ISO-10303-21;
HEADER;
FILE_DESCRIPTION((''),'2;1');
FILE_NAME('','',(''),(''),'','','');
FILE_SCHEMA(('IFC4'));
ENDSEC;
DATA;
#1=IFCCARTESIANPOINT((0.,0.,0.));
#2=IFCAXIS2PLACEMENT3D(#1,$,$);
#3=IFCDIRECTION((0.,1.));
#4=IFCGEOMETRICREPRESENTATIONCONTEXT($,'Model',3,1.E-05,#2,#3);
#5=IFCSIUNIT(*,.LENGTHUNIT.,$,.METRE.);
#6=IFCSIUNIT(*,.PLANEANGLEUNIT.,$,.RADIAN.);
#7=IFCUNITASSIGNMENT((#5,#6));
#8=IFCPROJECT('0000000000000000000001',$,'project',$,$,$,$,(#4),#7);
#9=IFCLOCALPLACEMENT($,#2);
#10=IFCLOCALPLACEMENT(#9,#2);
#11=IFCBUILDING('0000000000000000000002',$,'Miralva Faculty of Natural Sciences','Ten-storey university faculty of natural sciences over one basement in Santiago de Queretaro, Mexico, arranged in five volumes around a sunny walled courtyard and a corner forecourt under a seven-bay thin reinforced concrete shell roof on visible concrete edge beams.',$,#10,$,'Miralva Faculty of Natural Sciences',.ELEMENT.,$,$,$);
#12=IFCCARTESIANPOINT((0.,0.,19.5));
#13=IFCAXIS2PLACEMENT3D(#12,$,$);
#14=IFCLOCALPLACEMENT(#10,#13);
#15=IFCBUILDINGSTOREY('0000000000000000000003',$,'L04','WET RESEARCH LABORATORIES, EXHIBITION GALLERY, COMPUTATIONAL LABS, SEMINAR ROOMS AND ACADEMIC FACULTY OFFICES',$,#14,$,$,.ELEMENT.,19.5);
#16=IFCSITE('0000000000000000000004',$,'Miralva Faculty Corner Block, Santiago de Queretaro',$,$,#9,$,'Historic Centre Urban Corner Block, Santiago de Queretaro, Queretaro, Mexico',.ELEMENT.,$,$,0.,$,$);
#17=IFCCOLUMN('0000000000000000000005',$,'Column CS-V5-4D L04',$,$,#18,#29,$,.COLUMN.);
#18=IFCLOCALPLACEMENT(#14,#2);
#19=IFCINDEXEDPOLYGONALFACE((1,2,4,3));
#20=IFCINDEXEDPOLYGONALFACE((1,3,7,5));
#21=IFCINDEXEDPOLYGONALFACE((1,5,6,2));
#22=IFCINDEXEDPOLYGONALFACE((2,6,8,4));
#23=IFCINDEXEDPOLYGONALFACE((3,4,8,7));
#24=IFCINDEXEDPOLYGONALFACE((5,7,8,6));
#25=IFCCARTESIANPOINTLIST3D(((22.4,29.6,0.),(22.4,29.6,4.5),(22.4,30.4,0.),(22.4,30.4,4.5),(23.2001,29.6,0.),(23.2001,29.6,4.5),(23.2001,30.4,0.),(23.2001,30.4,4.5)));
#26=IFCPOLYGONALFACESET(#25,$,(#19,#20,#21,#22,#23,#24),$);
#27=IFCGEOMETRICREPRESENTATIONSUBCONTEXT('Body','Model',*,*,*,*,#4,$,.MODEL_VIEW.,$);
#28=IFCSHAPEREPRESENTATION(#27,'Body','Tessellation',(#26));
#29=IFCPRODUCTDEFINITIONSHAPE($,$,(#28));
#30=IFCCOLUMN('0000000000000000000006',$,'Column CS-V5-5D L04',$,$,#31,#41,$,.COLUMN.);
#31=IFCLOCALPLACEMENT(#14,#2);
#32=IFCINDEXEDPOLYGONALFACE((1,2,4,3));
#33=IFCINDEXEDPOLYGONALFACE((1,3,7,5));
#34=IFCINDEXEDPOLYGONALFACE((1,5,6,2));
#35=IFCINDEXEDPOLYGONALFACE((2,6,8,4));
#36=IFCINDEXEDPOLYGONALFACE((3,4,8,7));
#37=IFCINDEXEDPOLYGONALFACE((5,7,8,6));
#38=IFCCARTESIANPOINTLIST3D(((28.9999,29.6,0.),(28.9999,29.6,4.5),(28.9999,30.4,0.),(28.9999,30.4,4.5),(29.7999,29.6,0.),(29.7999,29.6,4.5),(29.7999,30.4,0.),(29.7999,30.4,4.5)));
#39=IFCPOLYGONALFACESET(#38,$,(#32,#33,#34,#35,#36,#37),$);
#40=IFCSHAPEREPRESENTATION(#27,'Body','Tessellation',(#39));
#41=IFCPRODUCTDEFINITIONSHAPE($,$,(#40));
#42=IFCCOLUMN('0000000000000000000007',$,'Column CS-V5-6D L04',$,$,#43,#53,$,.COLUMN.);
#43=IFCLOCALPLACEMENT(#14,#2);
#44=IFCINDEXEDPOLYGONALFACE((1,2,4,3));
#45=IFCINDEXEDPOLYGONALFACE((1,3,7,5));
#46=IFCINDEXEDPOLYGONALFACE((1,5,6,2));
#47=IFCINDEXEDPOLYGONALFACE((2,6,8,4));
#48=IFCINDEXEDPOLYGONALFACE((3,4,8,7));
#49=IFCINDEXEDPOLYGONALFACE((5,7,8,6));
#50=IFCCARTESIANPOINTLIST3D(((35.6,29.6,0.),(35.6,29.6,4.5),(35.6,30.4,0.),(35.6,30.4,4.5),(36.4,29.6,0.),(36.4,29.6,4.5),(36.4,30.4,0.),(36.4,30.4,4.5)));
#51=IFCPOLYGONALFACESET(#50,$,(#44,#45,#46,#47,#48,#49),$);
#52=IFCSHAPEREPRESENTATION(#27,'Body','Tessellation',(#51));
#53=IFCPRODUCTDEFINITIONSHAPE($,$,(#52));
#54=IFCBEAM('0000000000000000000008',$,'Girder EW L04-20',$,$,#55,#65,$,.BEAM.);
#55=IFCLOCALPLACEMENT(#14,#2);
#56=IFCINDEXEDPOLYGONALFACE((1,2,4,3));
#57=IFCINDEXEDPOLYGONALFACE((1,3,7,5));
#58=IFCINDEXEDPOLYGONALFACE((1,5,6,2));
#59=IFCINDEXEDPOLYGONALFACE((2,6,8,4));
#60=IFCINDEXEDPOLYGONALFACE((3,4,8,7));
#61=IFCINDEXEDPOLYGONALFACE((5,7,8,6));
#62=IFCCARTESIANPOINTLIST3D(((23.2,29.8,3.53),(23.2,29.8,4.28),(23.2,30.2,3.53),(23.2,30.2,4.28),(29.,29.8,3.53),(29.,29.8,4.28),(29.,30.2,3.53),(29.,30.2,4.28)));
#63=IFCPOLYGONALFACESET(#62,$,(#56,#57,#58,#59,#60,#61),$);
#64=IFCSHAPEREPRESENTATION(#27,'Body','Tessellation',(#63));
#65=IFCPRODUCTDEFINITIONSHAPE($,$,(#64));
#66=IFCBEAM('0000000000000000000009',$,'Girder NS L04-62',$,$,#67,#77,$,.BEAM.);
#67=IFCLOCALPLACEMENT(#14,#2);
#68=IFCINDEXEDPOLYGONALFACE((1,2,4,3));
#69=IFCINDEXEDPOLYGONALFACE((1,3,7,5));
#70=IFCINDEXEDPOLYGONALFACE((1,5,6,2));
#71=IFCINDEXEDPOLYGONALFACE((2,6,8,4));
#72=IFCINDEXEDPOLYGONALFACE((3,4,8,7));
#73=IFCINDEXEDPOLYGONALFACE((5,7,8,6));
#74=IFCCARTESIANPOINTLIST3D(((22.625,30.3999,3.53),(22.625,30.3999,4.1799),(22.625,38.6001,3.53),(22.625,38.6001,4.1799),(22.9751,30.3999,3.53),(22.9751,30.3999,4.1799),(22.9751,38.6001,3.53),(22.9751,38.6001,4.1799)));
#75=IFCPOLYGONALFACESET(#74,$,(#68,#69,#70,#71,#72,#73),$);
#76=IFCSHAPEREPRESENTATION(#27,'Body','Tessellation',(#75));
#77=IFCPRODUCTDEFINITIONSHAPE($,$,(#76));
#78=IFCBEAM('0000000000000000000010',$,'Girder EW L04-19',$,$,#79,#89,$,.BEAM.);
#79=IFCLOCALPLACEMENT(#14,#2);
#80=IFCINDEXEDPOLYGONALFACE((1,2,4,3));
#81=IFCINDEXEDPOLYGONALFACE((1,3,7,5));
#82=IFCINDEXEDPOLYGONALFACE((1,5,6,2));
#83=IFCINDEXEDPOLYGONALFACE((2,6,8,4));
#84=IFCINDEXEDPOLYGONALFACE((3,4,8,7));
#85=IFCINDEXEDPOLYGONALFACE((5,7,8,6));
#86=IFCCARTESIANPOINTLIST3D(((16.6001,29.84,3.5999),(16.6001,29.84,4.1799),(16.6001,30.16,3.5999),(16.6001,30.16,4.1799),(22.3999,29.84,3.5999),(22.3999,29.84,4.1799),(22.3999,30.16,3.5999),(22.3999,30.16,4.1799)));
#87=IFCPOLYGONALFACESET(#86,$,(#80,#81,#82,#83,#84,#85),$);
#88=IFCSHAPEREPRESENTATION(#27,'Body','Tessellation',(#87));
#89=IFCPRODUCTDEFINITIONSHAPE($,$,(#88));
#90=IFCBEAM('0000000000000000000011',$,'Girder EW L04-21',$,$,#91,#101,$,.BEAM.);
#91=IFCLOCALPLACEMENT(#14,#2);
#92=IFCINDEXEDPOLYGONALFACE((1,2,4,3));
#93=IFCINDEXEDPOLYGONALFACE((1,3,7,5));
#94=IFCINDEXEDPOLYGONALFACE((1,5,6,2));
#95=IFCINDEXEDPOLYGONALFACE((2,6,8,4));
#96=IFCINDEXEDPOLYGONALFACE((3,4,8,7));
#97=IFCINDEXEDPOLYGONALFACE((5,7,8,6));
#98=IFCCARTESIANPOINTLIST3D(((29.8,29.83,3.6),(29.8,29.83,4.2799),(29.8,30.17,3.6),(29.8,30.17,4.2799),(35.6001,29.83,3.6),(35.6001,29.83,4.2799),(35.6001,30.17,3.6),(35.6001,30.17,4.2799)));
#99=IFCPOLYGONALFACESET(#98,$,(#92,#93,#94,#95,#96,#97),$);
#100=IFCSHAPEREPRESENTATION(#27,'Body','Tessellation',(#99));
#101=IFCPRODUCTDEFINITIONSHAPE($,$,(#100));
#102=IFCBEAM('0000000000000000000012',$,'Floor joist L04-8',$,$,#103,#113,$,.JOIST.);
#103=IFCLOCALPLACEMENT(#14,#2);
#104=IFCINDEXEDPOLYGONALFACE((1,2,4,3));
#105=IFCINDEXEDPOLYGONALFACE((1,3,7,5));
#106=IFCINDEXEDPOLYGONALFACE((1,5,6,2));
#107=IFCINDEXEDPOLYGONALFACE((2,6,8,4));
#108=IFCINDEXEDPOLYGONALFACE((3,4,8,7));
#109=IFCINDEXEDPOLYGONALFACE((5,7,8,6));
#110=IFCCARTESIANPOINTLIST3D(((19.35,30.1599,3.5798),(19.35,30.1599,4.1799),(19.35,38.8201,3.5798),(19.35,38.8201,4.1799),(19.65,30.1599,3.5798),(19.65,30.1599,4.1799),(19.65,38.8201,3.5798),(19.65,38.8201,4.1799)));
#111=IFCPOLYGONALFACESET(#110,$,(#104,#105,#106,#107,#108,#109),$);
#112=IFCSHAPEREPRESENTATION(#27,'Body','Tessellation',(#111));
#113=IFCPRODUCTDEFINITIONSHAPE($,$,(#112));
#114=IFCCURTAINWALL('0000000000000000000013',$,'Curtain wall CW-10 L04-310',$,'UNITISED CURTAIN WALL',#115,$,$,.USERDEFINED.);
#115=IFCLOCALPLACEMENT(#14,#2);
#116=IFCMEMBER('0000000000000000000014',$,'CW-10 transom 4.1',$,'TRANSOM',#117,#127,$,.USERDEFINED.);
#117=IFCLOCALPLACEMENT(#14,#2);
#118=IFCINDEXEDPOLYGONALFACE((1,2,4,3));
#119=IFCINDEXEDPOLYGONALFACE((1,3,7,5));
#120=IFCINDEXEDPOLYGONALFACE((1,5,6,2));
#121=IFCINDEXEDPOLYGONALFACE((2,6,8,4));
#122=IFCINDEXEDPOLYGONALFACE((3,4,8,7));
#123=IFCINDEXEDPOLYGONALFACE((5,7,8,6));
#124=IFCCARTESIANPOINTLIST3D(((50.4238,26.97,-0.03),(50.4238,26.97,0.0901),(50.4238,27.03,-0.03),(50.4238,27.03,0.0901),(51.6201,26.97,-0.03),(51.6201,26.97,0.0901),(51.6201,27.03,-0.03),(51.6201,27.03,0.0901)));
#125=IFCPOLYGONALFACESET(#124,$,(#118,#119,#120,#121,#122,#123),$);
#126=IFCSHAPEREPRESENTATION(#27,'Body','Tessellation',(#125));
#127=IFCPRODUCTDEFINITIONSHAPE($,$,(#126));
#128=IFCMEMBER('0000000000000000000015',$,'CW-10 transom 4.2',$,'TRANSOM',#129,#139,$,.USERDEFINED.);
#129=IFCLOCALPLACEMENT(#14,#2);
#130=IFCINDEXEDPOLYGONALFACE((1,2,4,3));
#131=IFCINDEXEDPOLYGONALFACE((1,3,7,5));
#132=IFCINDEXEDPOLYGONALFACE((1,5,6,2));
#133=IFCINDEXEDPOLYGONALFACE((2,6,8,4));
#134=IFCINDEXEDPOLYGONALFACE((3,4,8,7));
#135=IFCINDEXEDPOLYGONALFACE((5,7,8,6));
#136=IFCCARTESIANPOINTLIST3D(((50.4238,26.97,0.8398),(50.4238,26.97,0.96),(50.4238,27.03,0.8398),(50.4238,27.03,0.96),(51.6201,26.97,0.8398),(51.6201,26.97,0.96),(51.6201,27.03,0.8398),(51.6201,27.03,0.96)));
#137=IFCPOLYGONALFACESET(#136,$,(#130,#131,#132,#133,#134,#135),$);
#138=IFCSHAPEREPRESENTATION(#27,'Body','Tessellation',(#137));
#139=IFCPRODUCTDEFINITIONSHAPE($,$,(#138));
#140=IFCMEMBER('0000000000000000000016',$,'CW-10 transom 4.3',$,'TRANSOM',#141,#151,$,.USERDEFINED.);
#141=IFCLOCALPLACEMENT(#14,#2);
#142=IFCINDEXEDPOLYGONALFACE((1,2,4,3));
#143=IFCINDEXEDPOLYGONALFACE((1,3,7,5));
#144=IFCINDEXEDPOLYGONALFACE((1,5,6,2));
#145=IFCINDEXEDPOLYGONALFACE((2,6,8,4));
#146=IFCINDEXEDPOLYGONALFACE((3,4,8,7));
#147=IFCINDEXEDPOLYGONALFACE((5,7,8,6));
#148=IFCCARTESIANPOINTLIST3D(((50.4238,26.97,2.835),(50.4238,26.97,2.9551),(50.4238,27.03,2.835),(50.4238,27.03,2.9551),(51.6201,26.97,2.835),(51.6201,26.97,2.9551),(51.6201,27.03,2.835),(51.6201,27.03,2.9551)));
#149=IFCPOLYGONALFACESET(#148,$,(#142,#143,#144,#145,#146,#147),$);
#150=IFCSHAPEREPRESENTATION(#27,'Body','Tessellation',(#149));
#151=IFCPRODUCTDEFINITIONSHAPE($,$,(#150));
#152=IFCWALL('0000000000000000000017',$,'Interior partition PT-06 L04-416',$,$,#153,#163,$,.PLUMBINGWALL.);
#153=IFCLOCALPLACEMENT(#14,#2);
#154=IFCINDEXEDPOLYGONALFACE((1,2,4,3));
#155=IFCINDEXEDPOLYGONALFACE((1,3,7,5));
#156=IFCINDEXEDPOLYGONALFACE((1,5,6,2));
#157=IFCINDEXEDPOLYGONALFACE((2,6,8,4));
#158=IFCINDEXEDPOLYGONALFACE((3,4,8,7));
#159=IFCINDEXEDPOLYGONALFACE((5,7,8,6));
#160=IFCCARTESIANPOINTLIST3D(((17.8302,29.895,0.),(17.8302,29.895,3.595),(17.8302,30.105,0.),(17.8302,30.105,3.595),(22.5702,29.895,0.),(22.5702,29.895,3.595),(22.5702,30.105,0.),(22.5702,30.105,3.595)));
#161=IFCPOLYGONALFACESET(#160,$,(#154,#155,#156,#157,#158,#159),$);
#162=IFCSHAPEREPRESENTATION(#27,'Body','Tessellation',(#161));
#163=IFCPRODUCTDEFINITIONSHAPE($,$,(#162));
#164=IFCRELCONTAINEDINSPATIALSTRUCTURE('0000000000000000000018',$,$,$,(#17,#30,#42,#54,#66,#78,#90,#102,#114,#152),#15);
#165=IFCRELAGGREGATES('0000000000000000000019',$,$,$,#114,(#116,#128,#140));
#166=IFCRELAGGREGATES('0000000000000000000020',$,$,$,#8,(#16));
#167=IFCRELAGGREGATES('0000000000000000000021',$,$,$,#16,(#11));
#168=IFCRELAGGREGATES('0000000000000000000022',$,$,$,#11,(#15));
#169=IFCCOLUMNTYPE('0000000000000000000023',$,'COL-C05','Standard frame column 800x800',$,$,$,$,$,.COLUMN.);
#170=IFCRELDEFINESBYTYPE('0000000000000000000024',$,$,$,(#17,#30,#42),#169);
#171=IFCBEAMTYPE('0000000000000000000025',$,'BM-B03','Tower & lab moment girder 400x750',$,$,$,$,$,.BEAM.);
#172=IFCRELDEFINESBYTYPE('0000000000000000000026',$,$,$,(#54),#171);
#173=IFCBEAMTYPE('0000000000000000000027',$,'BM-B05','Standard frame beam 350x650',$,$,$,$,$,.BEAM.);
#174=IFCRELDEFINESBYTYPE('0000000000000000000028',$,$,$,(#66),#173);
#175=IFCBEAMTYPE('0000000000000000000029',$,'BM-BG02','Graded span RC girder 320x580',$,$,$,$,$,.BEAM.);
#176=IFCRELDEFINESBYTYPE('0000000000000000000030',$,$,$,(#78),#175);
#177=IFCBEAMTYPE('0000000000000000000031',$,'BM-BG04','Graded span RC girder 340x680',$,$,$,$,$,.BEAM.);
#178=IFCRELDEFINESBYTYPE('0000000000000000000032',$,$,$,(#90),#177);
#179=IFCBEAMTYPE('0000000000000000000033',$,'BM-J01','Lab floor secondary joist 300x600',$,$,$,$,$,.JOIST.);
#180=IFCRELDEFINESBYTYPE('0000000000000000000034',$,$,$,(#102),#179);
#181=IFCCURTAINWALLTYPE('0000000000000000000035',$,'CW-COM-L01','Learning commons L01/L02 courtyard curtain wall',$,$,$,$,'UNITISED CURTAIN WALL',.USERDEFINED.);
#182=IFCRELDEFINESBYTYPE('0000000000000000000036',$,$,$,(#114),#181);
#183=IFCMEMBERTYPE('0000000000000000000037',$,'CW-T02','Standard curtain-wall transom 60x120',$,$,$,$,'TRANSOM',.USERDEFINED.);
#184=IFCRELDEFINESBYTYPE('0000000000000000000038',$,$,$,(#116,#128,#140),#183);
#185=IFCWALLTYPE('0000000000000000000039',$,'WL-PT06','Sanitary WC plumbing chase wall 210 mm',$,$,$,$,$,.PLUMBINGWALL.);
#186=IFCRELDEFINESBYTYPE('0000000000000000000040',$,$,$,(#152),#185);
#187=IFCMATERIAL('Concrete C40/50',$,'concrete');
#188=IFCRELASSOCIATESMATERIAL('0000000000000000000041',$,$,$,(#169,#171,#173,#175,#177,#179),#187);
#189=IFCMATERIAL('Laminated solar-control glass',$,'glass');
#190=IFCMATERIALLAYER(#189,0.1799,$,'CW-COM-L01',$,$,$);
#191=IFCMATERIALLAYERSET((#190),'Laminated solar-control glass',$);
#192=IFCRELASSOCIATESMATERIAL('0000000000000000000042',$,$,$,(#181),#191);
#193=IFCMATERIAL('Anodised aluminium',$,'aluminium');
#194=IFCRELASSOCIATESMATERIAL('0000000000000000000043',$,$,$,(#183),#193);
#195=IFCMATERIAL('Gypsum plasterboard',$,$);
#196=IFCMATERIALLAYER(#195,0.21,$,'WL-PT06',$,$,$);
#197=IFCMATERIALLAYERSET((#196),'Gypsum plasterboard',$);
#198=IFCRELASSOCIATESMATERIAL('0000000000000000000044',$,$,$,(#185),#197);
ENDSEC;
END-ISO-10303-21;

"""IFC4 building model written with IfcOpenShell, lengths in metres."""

from ifc_helpers import new_model, si_unit, direction, frame, frame_2d, origin, origin_2d, place, context, subcontext, project, spatial, rectangle, extrude, material, layer, layer_set, material_profile, profile_set, type_object, element, aggregate, save


model = new_model("IFC4")

# Units and contexts
model_context = context("Model", 3, precision=1e-05, world=origin(), true_north=direction((0.0, 1.0)))
body_context = subcontext(model_context, "Body", "Model", "MODEL_VIEW")
ifc_project = project(units=[si_unit("LENGTHUNIT", "METRE"), si_unit("PLANEANGLEUNIT", "RADIAN")], contexts=[model_context])

# Site, building, storey
site_placement = place(None, origin())
site = spatial("IfcSite", under=ifc_project, at=site_placement, Name="Miralva Faculty Corner Block, Santiago de Queretaro", LongName="Historic Centre Urban Corner Block, Santiago de Queretaro, Queretaro, Mexico", CompositionType="ELEMENT", RefElevation=0.0)
building_placement = place(site_placement, origin())
building = spatial("IfcBuilding", under=site, at=building_placement, Name="Miralva Faculty of Natural Sciences", Description="Ten-storey university faculty of natural sciences over one basement in Santiago de Queretaro, Mexico, arranged in five volumes around a sunny walled courtyard and a corner forecourt under a seven-bay thin reinforced concrete shell roof on visible concrete edge beams.", LongName="Miralva Faculty of Natural Sciences", CompositionType="ELEMENT")
storey_placement = place(building_placement, frame((0.0, 0.0, 19.5)))
storey = spatial("IfcBuildingStorey", under=building, at=storey_placement, Name="L04", Description="WET RESEARCH LABORATORIES, EXHIBITION GALLERY, COMPUTATIONAL LABS, SEMINAR ROOMS AND ACADEMIC FACULTY OFFICES", CompositionType="ELEMENT", Elevation=19.5)

# Columns
ifc_material_1 = material(Name="Concrete C40/50", Category="concrete")
ifc_material_profile_1 = material_profile(ifc_material_1, rectangle(XDim=0.8, YDim=0.8, at=origin_2d()), Name="RC 800x800")
ifc_profile_set_1 = profile_set([ifc_material_profile_1], Name="Concrete C40/50")
column_type = type_object("IfcColumnType", Name="COL-C05", Description="Standard frame column 800x800", PredefinedType="COLUMN", material=ifc_profile_set_1)
for number, where, z_axis, x_axis, name in (
    (1, (22.8, 30.0, 0.0), (0.0, 0.0, 1.0), (1.0, 0.0, 0.0), "Column CS-V5-4D L04"),
    (2, (29.3999, 30.0, 0.0), (0.0, 0.0, 1.0), (1.0, 0.0, 0.0), "Column CS-V5-5D L04"),
    (3, (36.0, 30.0, 0.0), (0.0, 0.0, 1.0), (1.0, 0.0, 0.0), "Column CS-V5-6D L04"),
):
    element("IfcColumn", number, at=place(storey_placement, frame(where, z_axis=z_axis, x_axis=x_axis)), inside=storey, type_object=column_type, Name=name, PredefinedType="COLUMN", context=body_context, shape_type="SweptSolid", body=[
        extrude(rectangle(XDim=0.8, YDim=0.8, at=origin_2d()), origin(), (0.0, 0.0, 1.0), 4.5),
    ])

# Beams
ifc_material_profile_2 = material_profile(ifc_material_1, rectangle(XDim=0.3999, YDim=0.75, at=origin_2d()), Name="RC 400x750")
ifc_profile_set_2 = profile_set([ifc_material_profile_2], Name="Concrete C40/50")
beam_type_1 = type_object("IfcBeamType", Name="BM-B03", Description="Tower & lab moment girder 400x750", PredefinedType="BEAM", material=ifc_profile_set_2)
beam_1_placement = place(storey_placement, frame((23.2, 30.0, 3.905), z_axis=(1.0, 0.0, 0.0), x_axis=(0.0, 1.0, 0.0)))
element("IfcBeam", 4, at=beam_1_placement, inside=storey, type_object=beam_type_1, Name="Girder EW L04-20", PredefinedType="BEAM", context=body_context, shape_type="SweptSolid", body=[
    extrude(rectangle(XDim=0.3999, YDim=0.75, at=origin_2d()), origin(), (0.0, 0.0, 1.0), 5.8),
])
ifc_material_profile_3 = material_profile(ifc_material_1, rectangle(XDim=0.3501, YDim=0.6499, at=origin_2d()), Name="RC 350x650")
ifc_profile_set_3 = profile_set([ifc_material_profile_3], Name="Concrete C40/50")
beam_type_2 = type_object("IfcBeamType", Name="BM-B05", Description="Standard frame beam 350x650", PredefinedType="BEAM", material=ifc_profile_set_3)
beam_2_placement = place(storey_placement, frame((22.8, 30.3999, 3.855), z_axis=(0.0, 1.0, 0.0), x_axis=(-1.0, 0.0, 0.0)))
element("IfcBeam", 5, at=beam_2_placement, inside=storey, type_object=beam_type_2, Name="Girder NS L04-62", PredefinedType="BEAM", context=body_context, shape_type="SweptSolid", body=[
    extrude(rectangle(XDim=0.3501, YDim=0.6499, at=origin_2d()), origin(), (0.0, 0.0, 1.0), 8.2002),
])
ifc_material_profile_4 = material_profile(ifc_material_1, rectangle(XDim=0.3201, YDim=0.5801, at=origin_2d()), Name="RC 320x580")
ifc_profile_set_4 = profile_set([ifc_material_profile_4], Name="Concrete C40/50")
beam_type_3 = type_object("IfcBeamType", Name="BM-BG02", Description="Graded span RC girder 320x580", PredefinedType="BEAM", material=ifc_profile_set_4)
beam_3_placement = place(storey_placement, frame((16.6001, 30.0, 3.8899), z_axis=(1.0, 0.0, 0.0), x_axis=(0.0, 1.0, 0.0)))
element("IfcBeam", 6, at=beam_3_placement, inside=storey, type_object=beam_type_3, Name="Girder EW L04-19", PredefinedType="BEAM", context=body_context, shape_type="SweptSolid", body=[
    extrude(rectangle(XDim=0.3201, YDim=0.5801, at=origin_2d()), origin(), (0.0, 0.0, 1.0), 5.7998),
])
ifc_material_profile_5 = material_profile(ifc_material_1, rectangle(XDim=0.3401, YDim=0.6799, at=origin_2d()), Name="RC 340x680")
ifc_profile_set_5 = profile_set([ifc_material_profile_5], Name="Concrete C40/50")
beam_type_4 = type_object("IfcBeamType", Name="BM-BG04", Description="Graded span RC girder 340x680", PredefinedType="BEAM", material=ifc_profile_set_5)
beam_4_placement = place(storey_placement, frame((29.8, 30.0, 3.9399), z_axis=(1.0, 0.0, 0.0), x_axis=(0.0, 1.0, 0.0)))
element("IfcBeam", 7, at=beam_4_placement, inside=storey, type_object=beam_type_4, Name="Girder EW L04-21", PredefinedType="BEAM", context=body_context, shape_type="SweptSolid", body=[
    extrude(rectangle(XDim=0.3401, YDim=0.6799, at=origin_2d()), origin(), (0.0, 0.0, 1.0), 5.8),
])
ifc_material_profile_6 = material_profile(ifc_material_1, rectangle(XDim=0.3, YDim=0.6001, at=origin_2d()), Name="RC 300x600")
ifc_profile_set_6 = profile_set([ifc_material_profile_6], Name="Concrete C40/50")
beam_type_5 = type_object("IfcBeamType", Name="BM-J01", Description="Lab floor secondary joist 300x600", PredefinedType="JOIST", material=ifc_profile_set_6)
beam_5_placement = place(storey_placement, frame((19.5, 30.1599, 3.8799), z_axis=(0.0, 1.0, 0.0), x_axis=(-1.0, 0.0, 0.0)))
element("IfcBeam", 8, at=beam_5_placement, inside=storey, type_object=beam_type_5, Name="Floor joist L04-8", PredefinedType="JOIST", context=body_context, shape_type="SweptSolid", body=[
    extrude(rectangle(XDim=0.3, YDim=0.6001, at=origin_2d()), origin(), (0.0, 0.0, 1.0), 8.6602),
])

# Curtain wall, members
ifc_material_2 = material(Name="Laminated solar-control glass", Category="glass")
ifc_layer_1 = layer(ifc_material_2, 0.1799, Name="CW-COM-L01")
ifc_layer_set_1 = layer_set([ifc_layer_1], Name="Laminated solar-control glass")
curtain_wall_type = type_object("IfcCurtainWallType", Name="CW-COM-L01", Description="Learning commons L01/L02 courtyard curtain wall", ElementType="UNITISED CURTAIN WALL", PredefinedType="USERDEFINED", material=ifc_layer_set_1)
curtain_wall_placement = place(storey_placement, origin())
curtain_wall = element("IfcCurtainWall", 9, at=curtain_wall_placement, inside=storey, type_object=curtain_wall_type, Name="Curtain wall CW-10 L04-310", ObjectType="UNITISED CURTAIN WALL", PredefinedType="USERDEFINED")
ifc_material_3 = material(Name="Anodised aluminium", Category="aluminium")
ifc_material_profile_7 = material_profile(ifc_material_3, rectangle(XDim=0.0601, YDim=0.1201, at=origin_2d()), Name="TRANSOM 60x120")
ifc_profile_set_7 = profile_set([ifc_material_profile_7], Name="Anodised aluminium")
member_type = type_object("IfcMemberType", Name="CW-T02", Description="Standard curtain-wall transom 60x120", ElementType="TRANSOM", PredefinedType="USERDEFINED", material=ifc_profile_set_7)
member_1_placement = place(storey_placement, frame((50.4238, 27.0, 0.03), z_axis=(1.0, 0.0, 0.0), x_axis=(0.0, 1.0, 0.0)))
member_1 = element("IfcMember", 10, at=member_1_placement, type_object=member_type, Name="CW-10 transom 4.1", ObjectType="TRANSOM", PredefinedType="USERDEFINED", context=body_context, shape_type="SweptSolid", body=[
    extrude(rectangle(XDim=0.0601, YDim=0.1201, at=origin_2d()), origin(), (0.0, 0.0, 1.0), 1.1963),
])
member_2_placement = place(storey_placement, frame((50.4238, 27.0, 0.8999), z_axis=(1.0, 0.0, 0.0), x_axis=(0.0, 1.0, 0.0)))
member_2 = element("IfcMember", 11, at=member_2_placement, type_object=member_type, Name="CW-10 transom 4.2", ObjectType="TRANSOM", PredefinedType="USERDEFINED", context=body_context, shape_type="SweptSolid", body=[
    extrude(rectangle(XDim=0.0601, YDim=0.1201, at=origin_2d()), origin(), (0.0, 0.0, 1.0), 1.1963),
])
member_3_placement = place(storey_placement, frame((50.4238, 27.0, 2.895), z_axis=(1.0, 0.0, 0.0), x_axis=(0.0, 1.0, 0.0)))
member_3 = element("IfcMember", 12, at=member_3_placement, type_object=member_type, Name="CW-10 transom 4.3", ObjectType="TRANSOM", PredefinedType="USERDEFINED", context=body_context, shape_type="SweptSolid", body=[
    extrude(rectangle(XDim=0.0601, YDim=0.1201, at=origin_2d()), origin(), (0.0, 0.0, 1.0), 1.1963),
])
aggregate(curtain_wall, [member_1, member_2, member_3])

# Wall
ifc_material_4 = material(Name="Gypsum plasterboard")
ifc_layer_2 = layer(ifc_material_4, 0.21, Name="WL-PT06")
ifc_layer_set_2 = layer_set([ifc_layer_2], Name="Gypsum plasterboard")
wall_type_1 = type_object("IfcWallType", Name="WL-PT06", Description="Sanitary WC plumbing chase wall 210 mm", PredefinedType="PLUMBINGWALL", material=ifc_layer_set_2)
wall_1_placement = place(storey_placement, frame((17.8301, 30.0, 0.0), z_axis=(0.0, 0.0, 1.0), x_axis=(1.0, 0.0, 0.0)))
element("IfcWall", 13, at=wall_1_placement, inside=storey, type_object=wall_type_1, Name="Interior partition PT-06 L04-416", PredefinedType="PLUMBINGWALL", context=body_context, shape_type="SweptSolid", body=[
    extrude(rectangle(XDim=4.74, YDim=0.21, at=frame_2d((2.3701, 0.0))), origin(), (0.0, 0.0, 1.0), 3.595),
])

save(model, "model.ifc")
